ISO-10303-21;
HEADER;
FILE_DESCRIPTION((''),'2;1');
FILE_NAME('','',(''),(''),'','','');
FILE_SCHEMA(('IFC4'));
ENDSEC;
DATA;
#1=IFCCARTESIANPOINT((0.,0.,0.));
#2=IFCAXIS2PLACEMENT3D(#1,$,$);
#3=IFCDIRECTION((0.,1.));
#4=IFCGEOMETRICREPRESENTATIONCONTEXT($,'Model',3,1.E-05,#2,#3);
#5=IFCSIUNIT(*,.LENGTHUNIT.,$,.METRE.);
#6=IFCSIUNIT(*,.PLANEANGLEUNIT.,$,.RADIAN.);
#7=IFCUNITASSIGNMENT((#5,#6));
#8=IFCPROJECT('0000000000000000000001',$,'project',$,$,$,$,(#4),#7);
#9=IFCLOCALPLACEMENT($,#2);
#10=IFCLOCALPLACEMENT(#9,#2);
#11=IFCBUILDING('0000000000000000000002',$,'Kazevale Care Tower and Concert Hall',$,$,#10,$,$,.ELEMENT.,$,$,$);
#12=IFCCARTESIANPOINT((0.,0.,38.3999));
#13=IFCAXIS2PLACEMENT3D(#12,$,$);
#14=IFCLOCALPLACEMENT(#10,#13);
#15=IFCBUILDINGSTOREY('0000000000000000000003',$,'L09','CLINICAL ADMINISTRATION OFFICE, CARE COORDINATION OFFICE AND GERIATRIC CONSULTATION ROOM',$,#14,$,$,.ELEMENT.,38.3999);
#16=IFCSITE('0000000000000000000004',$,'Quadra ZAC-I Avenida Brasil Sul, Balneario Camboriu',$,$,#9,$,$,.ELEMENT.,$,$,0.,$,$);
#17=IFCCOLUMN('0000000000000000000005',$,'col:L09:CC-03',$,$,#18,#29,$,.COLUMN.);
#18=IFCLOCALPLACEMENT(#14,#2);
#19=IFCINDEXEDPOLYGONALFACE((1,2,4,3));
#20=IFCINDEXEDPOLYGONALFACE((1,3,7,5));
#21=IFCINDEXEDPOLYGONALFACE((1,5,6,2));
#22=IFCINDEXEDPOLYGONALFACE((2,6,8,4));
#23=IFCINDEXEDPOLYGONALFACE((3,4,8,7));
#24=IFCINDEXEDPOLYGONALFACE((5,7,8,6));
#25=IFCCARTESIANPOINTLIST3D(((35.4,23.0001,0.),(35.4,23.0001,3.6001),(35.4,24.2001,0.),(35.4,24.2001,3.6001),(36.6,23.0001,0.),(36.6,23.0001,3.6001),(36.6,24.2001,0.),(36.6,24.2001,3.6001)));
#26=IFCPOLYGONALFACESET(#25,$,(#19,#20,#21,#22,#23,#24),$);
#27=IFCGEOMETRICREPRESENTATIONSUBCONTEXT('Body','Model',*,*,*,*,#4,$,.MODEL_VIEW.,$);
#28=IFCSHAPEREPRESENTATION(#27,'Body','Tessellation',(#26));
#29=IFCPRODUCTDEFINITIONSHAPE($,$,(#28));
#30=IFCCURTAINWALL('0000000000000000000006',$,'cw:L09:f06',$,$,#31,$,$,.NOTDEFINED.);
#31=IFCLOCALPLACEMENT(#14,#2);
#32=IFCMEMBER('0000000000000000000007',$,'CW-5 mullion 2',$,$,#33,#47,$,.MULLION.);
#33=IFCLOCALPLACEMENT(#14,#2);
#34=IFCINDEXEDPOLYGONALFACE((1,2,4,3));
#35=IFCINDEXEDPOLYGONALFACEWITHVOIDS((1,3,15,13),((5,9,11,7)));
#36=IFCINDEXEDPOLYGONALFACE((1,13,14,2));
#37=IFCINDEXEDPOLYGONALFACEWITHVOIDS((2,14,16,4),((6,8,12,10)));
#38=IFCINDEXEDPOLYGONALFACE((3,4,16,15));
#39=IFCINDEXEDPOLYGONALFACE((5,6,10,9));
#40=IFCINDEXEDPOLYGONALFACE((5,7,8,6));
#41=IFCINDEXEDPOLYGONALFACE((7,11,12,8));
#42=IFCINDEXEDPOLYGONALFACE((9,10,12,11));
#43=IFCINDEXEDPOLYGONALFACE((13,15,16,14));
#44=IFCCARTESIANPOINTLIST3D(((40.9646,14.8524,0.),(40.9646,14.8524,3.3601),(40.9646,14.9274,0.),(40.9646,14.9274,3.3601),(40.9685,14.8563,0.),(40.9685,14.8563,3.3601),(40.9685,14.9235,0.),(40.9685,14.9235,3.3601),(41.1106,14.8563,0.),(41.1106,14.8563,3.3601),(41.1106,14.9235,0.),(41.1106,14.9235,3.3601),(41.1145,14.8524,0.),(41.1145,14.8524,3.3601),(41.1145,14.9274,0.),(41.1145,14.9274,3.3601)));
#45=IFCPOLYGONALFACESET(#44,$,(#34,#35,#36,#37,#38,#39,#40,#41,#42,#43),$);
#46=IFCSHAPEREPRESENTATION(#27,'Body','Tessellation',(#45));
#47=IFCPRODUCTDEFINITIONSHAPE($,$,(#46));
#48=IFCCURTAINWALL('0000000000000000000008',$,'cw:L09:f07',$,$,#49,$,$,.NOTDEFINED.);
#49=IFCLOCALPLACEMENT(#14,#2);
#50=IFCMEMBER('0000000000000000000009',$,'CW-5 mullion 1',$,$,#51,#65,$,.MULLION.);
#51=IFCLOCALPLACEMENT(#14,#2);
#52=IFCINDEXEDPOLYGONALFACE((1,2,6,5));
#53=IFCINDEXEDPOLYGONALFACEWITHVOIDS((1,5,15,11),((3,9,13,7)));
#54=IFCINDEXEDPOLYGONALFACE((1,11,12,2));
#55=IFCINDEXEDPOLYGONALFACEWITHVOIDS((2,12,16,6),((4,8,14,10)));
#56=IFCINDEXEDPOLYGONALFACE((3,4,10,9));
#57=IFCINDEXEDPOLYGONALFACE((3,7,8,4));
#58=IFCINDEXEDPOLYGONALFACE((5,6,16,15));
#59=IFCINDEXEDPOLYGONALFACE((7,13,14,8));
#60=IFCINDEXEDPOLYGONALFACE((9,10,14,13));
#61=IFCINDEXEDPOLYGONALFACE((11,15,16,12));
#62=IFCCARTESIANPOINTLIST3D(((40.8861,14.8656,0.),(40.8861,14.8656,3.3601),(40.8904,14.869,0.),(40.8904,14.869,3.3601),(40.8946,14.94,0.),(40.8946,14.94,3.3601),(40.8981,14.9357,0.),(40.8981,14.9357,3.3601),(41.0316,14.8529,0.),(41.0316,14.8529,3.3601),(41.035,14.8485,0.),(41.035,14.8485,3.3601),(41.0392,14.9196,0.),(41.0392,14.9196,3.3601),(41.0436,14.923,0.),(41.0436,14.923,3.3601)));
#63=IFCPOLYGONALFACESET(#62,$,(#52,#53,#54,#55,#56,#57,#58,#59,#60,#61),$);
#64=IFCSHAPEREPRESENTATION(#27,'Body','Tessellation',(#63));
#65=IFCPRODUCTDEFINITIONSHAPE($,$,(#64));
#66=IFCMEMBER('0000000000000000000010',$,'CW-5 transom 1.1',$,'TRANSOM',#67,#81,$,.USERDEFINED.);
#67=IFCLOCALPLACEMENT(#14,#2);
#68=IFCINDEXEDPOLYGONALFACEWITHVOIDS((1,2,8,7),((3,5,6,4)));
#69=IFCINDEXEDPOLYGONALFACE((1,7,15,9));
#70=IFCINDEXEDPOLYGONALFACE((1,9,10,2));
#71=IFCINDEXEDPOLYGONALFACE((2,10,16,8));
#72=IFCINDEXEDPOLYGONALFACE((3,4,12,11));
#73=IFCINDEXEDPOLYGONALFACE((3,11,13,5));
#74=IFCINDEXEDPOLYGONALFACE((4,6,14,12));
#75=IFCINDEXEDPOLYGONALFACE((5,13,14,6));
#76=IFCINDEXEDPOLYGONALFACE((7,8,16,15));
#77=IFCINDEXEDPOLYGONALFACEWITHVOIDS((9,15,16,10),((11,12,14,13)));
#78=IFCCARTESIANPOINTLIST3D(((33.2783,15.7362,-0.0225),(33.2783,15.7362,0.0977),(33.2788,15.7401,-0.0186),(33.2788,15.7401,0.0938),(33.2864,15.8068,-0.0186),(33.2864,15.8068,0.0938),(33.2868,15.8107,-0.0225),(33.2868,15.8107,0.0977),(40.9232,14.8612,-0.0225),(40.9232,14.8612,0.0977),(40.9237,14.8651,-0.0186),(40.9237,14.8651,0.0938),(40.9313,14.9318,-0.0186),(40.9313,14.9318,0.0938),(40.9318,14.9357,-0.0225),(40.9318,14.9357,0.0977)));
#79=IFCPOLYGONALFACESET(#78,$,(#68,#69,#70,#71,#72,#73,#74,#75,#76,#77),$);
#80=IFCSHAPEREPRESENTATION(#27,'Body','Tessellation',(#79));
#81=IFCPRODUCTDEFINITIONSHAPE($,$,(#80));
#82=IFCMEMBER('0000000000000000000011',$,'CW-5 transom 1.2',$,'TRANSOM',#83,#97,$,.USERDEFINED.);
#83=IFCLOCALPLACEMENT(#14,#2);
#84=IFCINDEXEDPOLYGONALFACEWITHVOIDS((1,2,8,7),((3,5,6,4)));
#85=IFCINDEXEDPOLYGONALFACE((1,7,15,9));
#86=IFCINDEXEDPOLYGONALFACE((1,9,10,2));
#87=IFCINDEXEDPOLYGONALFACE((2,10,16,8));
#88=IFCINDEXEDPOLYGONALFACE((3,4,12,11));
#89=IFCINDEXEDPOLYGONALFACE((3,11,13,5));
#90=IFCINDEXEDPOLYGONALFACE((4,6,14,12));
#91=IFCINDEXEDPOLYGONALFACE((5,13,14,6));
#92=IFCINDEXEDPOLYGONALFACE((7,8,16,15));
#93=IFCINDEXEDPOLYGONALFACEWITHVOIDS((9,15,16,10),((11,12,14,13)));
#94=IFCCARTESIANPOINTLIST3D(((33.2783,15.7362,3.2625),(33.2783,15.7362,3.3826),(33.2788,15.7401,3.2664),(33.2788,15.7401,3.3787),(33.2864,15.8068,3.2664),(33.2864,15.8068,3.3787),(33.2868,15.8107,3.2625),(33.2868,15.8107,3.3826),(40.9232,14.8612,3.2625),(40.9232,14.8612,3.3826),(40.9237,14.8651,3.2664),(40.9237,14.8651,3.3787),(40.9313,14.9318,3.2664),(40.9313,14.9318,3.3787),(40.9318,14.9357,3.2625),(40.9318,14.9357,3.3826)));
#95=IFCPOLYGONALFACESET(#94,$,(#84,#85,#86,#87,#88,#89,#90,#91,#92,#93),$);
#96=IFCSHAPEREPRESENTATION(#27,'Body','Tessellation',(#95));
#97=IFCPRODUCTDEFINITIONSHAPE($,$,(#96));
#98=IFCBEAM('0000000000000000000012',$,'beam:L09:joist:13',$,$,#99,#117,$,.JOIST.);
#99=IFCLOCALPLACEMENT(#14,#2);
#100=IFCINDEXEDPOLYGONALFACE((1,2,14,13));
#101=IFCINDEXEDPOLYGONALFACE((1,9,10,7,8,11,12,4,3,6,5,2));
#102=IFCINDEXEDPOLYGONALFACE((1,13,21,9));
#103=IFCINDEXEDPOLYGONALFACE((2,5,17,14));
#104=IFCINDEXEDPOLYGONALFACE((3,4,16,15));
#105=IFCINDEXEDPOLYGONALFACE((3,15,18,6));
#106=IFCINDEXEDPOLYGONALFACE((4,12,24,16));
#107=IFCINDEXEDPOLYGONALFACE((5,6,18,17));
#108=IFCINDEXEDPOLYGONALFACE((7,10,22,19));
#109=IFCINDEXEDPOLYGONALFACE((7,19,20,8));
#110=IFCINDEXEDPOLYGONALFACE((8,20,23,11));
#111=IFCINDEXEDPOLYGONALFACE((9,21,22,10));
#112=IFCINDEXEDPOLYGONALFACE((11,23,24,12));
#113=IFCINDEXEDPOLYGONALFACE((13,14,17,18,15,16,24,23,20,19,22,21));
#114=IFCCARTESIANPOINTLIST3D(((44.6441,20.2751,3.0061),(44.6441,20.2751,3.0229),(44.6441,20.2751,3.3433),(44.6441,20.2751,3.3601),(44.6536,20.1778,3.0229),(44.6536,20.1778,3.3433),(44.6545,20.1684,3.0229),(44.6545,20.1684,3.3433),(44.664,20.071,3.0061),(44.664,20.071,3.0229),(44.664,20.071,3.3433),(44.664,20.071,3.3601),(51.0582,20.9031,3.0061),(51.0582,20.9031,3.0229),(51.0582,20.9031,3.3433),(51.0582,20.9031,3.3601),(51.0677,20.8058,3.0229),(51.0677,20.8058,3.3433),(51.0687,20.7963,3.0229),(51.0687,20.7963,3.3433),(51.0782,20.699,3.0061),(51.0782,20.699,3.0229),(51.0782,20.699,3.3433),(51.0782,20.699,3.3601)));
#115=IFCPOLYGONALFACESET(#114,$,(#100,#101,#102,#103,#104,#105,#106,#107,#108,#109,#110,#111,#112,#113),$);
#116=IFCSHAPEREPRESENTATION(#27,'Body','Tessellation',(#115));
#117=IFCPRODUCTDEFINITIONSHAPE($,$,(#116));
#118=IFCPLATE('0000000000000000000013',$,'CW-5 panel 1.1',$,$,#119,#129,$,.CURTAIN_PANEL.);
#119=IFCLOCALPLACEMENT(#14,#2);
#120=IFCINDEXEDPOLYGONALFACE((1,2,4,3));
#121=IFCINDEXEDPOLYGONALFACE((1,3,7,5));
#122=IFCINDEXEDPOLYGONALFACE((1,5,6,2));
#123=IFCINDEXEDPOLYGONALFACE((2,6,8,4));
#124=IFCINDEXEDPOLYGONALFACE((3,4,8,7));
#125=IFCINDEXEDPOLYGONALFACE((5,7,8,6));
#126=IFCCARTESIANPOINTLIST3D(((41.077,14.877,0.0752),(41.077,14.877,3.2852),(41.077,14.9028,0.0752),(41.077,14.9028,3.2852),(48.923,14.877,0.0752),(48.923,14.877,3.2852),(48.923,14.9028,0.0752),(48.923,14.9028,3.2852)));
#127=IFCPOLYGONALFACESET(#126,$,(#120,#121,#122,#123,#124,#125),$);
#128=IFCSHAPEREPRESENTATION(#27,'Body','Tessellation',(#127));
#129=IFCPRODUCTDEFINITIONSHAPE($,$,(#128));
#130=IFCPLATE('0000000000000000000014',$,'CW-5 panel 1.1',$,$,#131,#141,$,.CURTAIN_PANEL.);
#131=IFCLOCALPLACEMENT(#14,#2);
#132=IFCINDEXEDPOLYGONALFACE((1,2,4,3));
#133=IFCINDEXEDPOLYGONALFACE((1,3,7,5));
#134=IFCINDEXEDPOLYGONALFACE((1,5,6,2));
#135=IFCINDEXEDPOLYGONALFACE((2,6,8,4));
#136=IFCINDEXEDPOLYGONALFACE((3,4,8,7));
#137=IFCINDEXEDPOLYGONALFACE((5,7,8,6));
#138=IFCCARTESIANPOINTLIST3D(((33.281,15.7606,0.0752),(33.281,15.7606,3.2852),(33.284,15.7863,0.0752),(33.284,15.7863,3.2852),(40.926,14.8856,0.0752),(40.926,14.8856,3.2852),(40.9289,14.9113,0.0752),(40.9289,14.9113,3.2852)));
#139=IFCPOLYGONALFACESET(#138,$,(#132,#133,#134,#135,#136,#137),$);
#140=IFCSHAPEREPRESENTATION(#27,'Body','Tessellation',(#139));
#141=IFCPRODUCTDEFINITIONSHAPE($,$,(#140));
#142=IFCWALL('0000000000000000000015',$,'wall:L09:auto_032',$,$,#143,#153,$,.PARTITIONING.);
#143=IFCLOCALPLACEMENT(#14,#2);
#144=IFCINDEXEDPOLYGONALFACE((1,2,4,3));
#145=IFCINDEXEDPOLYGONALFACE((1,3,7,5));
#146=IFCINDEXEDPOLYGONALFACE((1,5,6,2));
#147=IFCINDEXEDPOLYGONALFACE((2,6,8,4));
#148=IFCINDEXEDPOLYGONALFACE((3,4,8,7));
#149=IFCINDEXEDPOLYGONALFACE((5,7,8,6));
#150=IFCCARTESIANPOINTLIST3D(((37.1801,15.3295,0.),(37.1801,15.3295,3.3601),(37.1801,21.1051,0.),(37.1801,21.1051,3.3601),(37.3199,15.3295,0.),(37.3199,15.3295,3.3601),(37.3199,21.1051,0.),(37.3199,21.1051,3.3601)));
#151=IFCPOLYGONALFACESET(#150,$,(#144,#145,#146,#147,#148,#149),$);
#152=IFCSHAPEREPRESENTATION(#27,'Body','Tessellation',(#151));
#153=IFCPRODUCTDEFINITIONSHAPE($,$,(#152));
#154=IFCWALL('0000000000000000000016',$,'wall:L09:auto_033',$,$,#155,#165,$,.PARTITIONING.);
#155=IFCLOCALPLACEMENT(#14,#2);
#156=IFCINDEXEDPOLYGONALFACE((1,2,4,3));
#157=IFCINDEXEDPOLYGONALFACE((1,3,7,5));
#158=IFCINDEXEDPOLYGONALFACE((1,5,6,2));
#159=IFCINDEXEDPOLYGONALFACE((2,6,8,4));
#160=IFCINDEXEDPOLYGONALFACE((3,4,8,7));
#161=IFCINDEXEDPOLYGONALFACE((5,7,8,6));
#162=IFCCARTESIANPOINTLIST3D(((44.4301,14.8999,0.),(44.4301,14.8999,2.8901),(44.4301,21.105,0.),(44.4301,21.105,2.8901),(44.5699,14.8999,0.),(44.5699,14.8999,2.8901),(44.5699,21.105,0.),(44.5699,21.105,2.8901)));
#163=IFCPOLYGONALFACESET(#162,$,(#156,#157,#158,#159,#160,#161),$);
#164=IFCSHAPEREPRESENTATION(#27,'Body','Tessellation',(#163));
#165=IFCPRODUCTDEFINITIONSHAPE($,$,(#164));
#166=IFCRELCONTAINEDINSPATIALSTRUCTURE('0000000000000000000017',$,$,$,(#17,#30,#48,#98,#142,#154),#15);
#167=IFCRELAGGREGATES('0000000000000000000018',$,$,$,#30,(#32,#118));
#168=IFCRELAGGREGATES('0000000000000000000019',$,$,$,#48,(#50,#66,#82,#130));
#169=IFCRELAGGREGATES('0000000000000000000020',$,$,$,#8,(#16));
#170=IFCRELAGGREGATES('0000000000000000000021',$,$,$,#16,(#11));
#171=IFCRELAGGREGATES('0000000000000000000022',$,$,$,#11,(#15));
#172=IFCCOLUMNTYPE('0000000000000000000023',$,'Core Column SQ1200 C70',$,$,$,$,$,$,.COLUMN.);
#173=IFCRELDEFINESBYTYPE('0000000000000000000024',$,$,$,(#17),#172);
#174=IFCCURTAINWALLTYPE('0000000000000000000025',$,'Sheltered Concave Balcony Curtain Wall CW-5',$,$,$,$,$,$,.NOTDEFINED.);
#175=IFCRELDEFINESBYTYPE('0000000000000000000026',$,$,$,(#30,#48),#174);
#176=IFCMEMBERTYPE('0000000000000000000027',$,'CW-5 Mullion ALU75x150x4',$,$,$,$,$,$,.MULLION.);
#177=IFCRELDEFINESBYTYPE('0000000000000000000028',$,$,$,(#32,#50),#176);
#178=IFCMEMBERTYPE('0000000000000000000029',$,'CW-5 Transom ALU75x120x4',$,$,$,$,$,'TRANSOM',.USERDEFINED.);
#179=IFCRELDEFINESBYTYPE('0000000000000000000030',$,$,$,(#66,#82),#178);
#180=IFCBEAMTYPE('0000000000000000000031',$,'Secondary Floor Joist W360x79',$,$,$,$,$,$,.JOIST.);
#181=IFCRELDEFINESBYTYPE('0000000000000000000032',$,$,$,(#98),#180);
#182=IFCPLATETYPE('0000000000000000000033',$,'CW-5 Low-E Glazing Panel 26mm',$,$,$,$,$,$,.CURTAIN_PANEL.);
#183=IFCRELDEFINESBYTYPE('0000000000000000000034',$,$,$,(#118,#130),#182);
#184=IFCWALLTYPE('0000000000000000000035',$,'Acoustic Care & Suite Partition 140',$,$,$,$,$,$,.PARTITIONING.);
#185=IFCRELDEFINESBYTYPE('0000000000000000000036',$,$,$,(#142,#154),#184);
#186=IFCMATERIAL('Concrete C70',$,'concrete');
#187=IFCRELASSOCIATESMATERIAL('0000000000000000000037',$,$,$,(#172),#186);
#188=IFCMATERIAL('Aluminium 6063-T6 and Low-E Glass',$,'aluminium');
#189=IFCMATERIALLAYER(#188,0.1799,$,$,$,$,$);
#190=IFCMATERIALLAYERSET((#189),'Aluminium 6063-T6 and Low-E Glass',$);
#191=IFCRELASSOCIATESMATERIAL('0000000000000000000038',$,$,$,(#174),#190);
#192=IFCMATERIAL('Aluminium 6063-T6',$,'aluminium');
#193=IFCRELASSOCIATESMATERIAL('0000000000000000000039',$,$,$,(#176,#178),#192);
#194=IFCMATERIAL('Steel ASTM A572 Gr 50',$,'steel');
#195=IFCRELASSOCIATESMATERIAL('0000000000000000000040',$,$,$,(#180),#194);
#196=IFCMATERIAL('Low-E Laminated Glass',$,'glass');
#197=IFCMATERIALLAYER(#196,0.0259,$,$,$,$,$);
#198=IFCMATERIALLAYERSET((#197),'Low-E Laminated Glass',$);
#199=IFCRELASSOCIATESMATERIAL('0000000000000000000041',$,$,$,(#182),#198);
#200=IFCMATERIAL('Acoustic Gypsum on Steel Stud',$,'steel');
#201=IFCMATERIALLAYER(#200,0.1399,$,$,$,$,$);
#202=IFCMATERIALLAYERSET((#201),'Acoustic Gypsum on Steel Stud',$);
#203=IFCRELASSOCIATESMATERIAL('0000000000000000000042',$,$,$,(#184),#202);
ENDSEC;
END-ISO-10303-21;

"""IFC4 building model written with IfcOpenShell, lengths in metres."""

from ifc_helpers import new_model, si_unit, direction, frame, frame_2d, origin, origin_2d, place, context, subcontext, project, spatial, rectangle, hollow_rectangle, i_section, extrude, material, layer, layer_set, material_profile, profile_set, type_object, element, aggregate, save


model = new_model("IFC4")

# Units and contexts
model_context = context("Model", 3, precision=1e-05, world=origin(), true_north=direction((0.0, 1.0)))
body_context = subcontext(model_context, "Body", "Model", "MODEL_VIEW")
ifc_project = project(units=[si_unit("LENGTHUNIT", "METRE"), si_unit("PLANEANGLEUNIT", "RADIAN")], contexts=[model_context])

# Site, building, storey
site_placement = place(None, origin())
site = spatial("IfcSite", under=ifc_project, at=site_placement, Name="Quadra ZAC-I Avenida Brasil Sul, Balneario Camboriu", CompositionType="ELEMENT", RefElevation=0.0)
building_placement = place(site_placement, origin())
building = spatial("IfcBuilding", under=site, at=building_placement, Name="Kazevale Care Tower and Concert Hall", CompositionType="ELEMENT")
storey_placement = place(building_placement, frame((0.0, 0.0, 38.3999)))
storey = spatial("IfcBuildingStorey", under=building, at=storey_placement, Name="L09", Description="CLINICAL ADMINISTRATION OFFICE, CARE COORDINATION OFFICE AND GERIATRIC CONSULTATION ROOM", CompositionType="ELEMENT", Elevation=38.3999)

# Column
ifc_material_1 = material(Name="Concrete C70", Category="concrete")
ifc_material_profile_1 = material_profile(ifc_material_1, rectangle(XDim=1.2, YDim=1.2, at=origin_2d()), Name="RC-SQ1200")
ifc_profile_set_1 = profile_set([ifc_material_profile_1], Name="Concrete C70")
column_type = type_object("IfcColumnType", Name="Core Column SQ1200 C70", PredefinedType="COLUMN", material=ifc_profile_set_1)
column_placement = place(storey_placement, frame((36.0, 23.6001, 0.0), z_axis=(0.0, 0.0, 1.0), x_axis=(1.0, 0.0, 0.0)))
element("IfcColumn", 1, at=column_placement, inside=storey, type_object=column_type, Name="col:L09:CC-03", PredefinedType="COLUMN", context=body_context, shape_type="SweptSolid", body=[
    extrude(rectangle(XDim=1.2, YDim=1.2, at=origin_2d()), origin(), (0.0, 0.0, 1.0), 3.6001),
])

# Curtain wall, member
ifc_material_2 = material(Name="Aluminium 6063-T6 and Low-E Glass", Category="aluminium")
ifc_layer_1 = layer(ifc_material_2, 0.1799)
ifc_layer_set_1 = layer_set([ifc_layer_1], Name="Aluminium 6063-T6 and Low-E Glass")
curtain_wall_type = type_object("IfcCurtainWallType", Name="Sheltered Concave Balcony Curtain Wall CW-5", PredefinedType="NOTDEFINED", material=ifc_layer_set_1)
curtain_wall_1_placement = place(storey_placement, origin())
curtain_wall_1 = element("IfcCurtainWall", 2, at=curtain_wall_1_placement, inside=storey, type_object=curtain_wall_type, Name="cw:L09:f06", PredefinedType="NOTDEFINED")
ifc_material_3 = material(Name="Aluminium 6063-T6", Category="aluminium")
ifc_material_profile_2 = material_profile(ifc_material_3, hollow_rectangle(XDim=0.075, YDim=0.1499, WallThickness=0.0039, at=origin_2d()), Name="ALU75x150x4")
ifc_profile_set_2 = profile_set([ifc_material_profile_2], Name="Aluminium 6063-T6")
member_type_1 = type_object("IfcMemberType", Name="CW-5 Mullion ALU75x150x4", PredefinedType="MULLION", material=ifc_profile_set_2)
member_1_placement = place(storey_placement, frame((41.0396, 14.8899, 0.0), z_axis=(0.0, 0.0, 1.0), x_axis=(0.0, -1.0, 0.0)))
member_1 = element("IfcMember", 3, at=member_1_placement, type_object=member_type_1, Name="CW-5 mullion 2", PredefinedType="MULLION", context=body_context, shape_type="SweptSolid", body=[
    extrude(hollow_rectangle(XDim=0.075, YDim=0.1499, WallThickness=0.0039, at=origin_2d()), origin(), (0.0, 0.0, 1.0), 3.3601),
])

# Curtain wall, members
curtain_wall_2_placement = place(storey_placement, origin())
curtain_wall_2 = element("IfcCurtainWall", 4, at=curtain_wall_2_placement, inside=storey, type_object=curtain_wall_type, Name="cw:L09:f07", PredefinedType="NOTDEFINED")
member_2_placement = place(storey_placement, frame((40.9648, 14.8943, 0.0), z_axis=(0.0, 0.0, 1.0), x_axis=(-0.113705, -0.993515, 0.0)))
member_2 = element("IfcMember", 5, at=member_2_placement, type_object=member_type_1, Name="CW-5 mullion 1", PredefinedType="MULLION", context=body_context, shape_type="SweptSolid", body=[
    extrude(hollow_rectangle(XDim=0.075, YDim=0.1499, WallThickness=0.0039, at=origin_2d()), origin(), (0.0, 0.0, 1.0), 3.3601),
])
ifc_material_profile_3 = material_profile(ifc_material_3, hollow_rectangle(XDim=0.075, YDim=0.1201, WallThickness=0.0039, at=origin_2d()), Name="ALU75x120x4")
ifc_profile_set_3 = profile_set([ifc_material_profile_3], Name="Aluminium 6063-T6")
member_type_2 = type_object("IfcMemberType", Name="CW-5 Transom ALU75x120x4", ElementType="TRANSOM", PredefinedType="USERDEFINED", material=ifc_profile_set_3)
member_3_placement = place(storey_placement, frame((40.9275, 14.8984, 0.0376), z_axis=(-0.993514, 0.113711, 0.0), x_axis=(-0.113711, -0.993514, 0.0)))
member_3 = element("IfcMember", 6, at=member_3_placement, type_object=member_type_2, Name="CW-5 transom 1.1", ObjectType="TRANSOM", PredefinedType="USERDEFINED", context=body_context, shape_type="SweptSolid", body=[
    extrude(hollow_rectangle(XDim=0.075, YDim=0.1201, WallThickness=0.0039, at=origin_2d()), origin(), (0.0, 0.0, 1.0), 7.6948),
])
member_4_placement = place(storey_placement, frame((40.9275, 14.8984, 3.3225), z_axis=(-0.993514, 0.113711, 0.0), x_axis=(-0.113711, -0.993514, 0.0)))
member_4 = element("IfcMember", 7, at=member_4_placement, type_object=member_type_2, Name="CW-5 transom 1.2", ObjectType="TRANSOM", PredefinedType="USERDEFINED", context=body_context, shape_type="SweptSolid", body=[
    extrude(hollow_rectangle(XDim=0.075, YDim=0.1201, WallThickness=0.0039, at=origin_2d()), origin(), (0.0, 0.0, 1.0), 7.6948),
])

# Beam
ifc_material_4 = material(Name="Steel ASTM A572 Gr 50", Category="steel")
ifc_material_profile_4 = material_profile(ifc_material_4, i_section(OverallWidth=0.2051, OverallDepth=0.354, WebThickness=0.0095, FlangeThickness=0.0168, at=origin_2d()), Name="W360x79")
ifc_profile_set_4 = profile_set([ifc_material_profile_4], Name="Steel ASTM A572 Gr 50")
beam_type = type_object("IfcBeamType", Name="Secondary Floor Joist W360x79", PredefinedType="JOIST", material=ifc_profile_set_4)
beam_placement = place(storey_placement, frame((44.6541, 20.1731, 3.1831), z_axis=(0.995242, 0.097433, 0.0), x_axis=(-0.097433, 0.995242, 0.0)))
element("IfcBeam", 8, at=beam_placement, inside=storey, type_object=beam_type, Name="beam:L09:joist:13", PredefinedType="JOIST", context=body_context, shape_type="SweptSolid", body=[
    extrude(i_section(OverallWidth=0.2051, OverallDepth=0.354, WebThickness=0.0095, FlangeThickness=0.0168, at=origin_2d()), origin(), (0.0, 0.0, 1.0), 6.4448),
])

# Plates
ifc_material_5 = material(Name="Low-E Laminated Glass", Category="glass")
ifc_layer_2 = layer(ifc_material_5, 0.0259)
ifc_layer_set_2 = layer_set([ifc_layer_2], Name="Low-E Laminated Glass")
plate_type = type_object("IfcPlateType", Name="CW-5 Low-E Glazing Panel 26mm", PredefinedType="CURTAIN_PANEL", material=ifc_layer_set_2)
plate_1_placement = place(storey_placement, frame((45.0, 14.8899, 0.0752), z_axis=(0.0, 0.0, 1.0), x_axis=(-1.0, 0.0, 0.0)))
plate_1 = element("IfcPlate", 9, at=plate_1_placement, type_object=plate_type, Name="CW-5 panel 1.1", PredefinedType="CURTAIN_PANEL", context=body_context, shape_type="SweptSolid", body=[
    extrude(rectangle(XDim=7.8459, YDim=0.0259, at=origin_2d()), origin(), (0.0, 0.0, 1.0), 3.21),
])
aggregate(curtain_wall_1, [member_1, plate_1])
plate_2_placement = place(storey_placement, frame((37.105, 15.3359, 0.0752), z_axis=(0.0, 0.0, 1.0), x_axis=(-0.993515, 0.113705, 0.0)))
plate_2 = element("IfcPlate", 10, at=plate_2_placement, type_object=plate_type, Name="CW-5 panel 1.1", PredefinedType="CURTAIN_PANEL", context=body_context, shape_type="SweptSolid", body=[
    extrude(rectangle(XDim=7.6948, YDim=0.0259, at=origin_2d()), origin(), (0.0, 0.0, 1.0), 3.21),
])
aggregate(curtain_wall_2, [member_2, member_3, member_4, plate_2])

# Walls
ifc_material_6 = material(Name="Acoustic Gypsum on Steel Stud", Category="steel")
ifc_layer_3 = layer(ifc_material_6, 0.1399)
ifc_layer_set_3 = layer_set([ifc_layer_3], Name="Acoustic Gypsum on Steel Stud")
wall_type_1 = type_object("IfcWallType", Name="Acoustic Care & Suite Partition 140", PredefinedType="PARTITIONING", material=ifc_layer_set_3)
wall_1_placement = place(storey_placement, frame((37.25, 21.105, 0.0), z_axis=(0.0, 0.0, 1.0), x_axis=(0.0, -1.0, 0.0)))
element("IfcWall", 11, at=wall_1_placement, inside=storey, type_object=wall_type_1, Name="wall:L09:auto_032", PredefinedType="PARTITIONING", context=body_context, shape_type="SweptSolid", body=[
    extrude(rectangle(XDim=5.7756, YDim=0.1399, at=frame_2d((2.8877, 0.0))), origin(), (0.0, 0.0, 1.0), 3.3601),
])
wall_2_placement = place(storey_placement, frame((44.5, 21.105, 0.0), z_axis=(0.0, 0.0, 1.0), x_axis=(0.0, -1.0, 0.0)))
element("IfcWall", 12, at=wall_2_placement, inside=storey, type_object=wall_type_1, Name="wall:L09:auto_033", PredefinedType="PARTITIONING", context=body_context, shape_type="SweptSolid", body=[
    extrude(rectangle(XDim=6.2051, YDim=0.1399, at=frame_2d((3.1025, 0.0))), origin(), (0.0, 0.0, 1.0), 2.8901),
])

save(model, "model.ifc")
